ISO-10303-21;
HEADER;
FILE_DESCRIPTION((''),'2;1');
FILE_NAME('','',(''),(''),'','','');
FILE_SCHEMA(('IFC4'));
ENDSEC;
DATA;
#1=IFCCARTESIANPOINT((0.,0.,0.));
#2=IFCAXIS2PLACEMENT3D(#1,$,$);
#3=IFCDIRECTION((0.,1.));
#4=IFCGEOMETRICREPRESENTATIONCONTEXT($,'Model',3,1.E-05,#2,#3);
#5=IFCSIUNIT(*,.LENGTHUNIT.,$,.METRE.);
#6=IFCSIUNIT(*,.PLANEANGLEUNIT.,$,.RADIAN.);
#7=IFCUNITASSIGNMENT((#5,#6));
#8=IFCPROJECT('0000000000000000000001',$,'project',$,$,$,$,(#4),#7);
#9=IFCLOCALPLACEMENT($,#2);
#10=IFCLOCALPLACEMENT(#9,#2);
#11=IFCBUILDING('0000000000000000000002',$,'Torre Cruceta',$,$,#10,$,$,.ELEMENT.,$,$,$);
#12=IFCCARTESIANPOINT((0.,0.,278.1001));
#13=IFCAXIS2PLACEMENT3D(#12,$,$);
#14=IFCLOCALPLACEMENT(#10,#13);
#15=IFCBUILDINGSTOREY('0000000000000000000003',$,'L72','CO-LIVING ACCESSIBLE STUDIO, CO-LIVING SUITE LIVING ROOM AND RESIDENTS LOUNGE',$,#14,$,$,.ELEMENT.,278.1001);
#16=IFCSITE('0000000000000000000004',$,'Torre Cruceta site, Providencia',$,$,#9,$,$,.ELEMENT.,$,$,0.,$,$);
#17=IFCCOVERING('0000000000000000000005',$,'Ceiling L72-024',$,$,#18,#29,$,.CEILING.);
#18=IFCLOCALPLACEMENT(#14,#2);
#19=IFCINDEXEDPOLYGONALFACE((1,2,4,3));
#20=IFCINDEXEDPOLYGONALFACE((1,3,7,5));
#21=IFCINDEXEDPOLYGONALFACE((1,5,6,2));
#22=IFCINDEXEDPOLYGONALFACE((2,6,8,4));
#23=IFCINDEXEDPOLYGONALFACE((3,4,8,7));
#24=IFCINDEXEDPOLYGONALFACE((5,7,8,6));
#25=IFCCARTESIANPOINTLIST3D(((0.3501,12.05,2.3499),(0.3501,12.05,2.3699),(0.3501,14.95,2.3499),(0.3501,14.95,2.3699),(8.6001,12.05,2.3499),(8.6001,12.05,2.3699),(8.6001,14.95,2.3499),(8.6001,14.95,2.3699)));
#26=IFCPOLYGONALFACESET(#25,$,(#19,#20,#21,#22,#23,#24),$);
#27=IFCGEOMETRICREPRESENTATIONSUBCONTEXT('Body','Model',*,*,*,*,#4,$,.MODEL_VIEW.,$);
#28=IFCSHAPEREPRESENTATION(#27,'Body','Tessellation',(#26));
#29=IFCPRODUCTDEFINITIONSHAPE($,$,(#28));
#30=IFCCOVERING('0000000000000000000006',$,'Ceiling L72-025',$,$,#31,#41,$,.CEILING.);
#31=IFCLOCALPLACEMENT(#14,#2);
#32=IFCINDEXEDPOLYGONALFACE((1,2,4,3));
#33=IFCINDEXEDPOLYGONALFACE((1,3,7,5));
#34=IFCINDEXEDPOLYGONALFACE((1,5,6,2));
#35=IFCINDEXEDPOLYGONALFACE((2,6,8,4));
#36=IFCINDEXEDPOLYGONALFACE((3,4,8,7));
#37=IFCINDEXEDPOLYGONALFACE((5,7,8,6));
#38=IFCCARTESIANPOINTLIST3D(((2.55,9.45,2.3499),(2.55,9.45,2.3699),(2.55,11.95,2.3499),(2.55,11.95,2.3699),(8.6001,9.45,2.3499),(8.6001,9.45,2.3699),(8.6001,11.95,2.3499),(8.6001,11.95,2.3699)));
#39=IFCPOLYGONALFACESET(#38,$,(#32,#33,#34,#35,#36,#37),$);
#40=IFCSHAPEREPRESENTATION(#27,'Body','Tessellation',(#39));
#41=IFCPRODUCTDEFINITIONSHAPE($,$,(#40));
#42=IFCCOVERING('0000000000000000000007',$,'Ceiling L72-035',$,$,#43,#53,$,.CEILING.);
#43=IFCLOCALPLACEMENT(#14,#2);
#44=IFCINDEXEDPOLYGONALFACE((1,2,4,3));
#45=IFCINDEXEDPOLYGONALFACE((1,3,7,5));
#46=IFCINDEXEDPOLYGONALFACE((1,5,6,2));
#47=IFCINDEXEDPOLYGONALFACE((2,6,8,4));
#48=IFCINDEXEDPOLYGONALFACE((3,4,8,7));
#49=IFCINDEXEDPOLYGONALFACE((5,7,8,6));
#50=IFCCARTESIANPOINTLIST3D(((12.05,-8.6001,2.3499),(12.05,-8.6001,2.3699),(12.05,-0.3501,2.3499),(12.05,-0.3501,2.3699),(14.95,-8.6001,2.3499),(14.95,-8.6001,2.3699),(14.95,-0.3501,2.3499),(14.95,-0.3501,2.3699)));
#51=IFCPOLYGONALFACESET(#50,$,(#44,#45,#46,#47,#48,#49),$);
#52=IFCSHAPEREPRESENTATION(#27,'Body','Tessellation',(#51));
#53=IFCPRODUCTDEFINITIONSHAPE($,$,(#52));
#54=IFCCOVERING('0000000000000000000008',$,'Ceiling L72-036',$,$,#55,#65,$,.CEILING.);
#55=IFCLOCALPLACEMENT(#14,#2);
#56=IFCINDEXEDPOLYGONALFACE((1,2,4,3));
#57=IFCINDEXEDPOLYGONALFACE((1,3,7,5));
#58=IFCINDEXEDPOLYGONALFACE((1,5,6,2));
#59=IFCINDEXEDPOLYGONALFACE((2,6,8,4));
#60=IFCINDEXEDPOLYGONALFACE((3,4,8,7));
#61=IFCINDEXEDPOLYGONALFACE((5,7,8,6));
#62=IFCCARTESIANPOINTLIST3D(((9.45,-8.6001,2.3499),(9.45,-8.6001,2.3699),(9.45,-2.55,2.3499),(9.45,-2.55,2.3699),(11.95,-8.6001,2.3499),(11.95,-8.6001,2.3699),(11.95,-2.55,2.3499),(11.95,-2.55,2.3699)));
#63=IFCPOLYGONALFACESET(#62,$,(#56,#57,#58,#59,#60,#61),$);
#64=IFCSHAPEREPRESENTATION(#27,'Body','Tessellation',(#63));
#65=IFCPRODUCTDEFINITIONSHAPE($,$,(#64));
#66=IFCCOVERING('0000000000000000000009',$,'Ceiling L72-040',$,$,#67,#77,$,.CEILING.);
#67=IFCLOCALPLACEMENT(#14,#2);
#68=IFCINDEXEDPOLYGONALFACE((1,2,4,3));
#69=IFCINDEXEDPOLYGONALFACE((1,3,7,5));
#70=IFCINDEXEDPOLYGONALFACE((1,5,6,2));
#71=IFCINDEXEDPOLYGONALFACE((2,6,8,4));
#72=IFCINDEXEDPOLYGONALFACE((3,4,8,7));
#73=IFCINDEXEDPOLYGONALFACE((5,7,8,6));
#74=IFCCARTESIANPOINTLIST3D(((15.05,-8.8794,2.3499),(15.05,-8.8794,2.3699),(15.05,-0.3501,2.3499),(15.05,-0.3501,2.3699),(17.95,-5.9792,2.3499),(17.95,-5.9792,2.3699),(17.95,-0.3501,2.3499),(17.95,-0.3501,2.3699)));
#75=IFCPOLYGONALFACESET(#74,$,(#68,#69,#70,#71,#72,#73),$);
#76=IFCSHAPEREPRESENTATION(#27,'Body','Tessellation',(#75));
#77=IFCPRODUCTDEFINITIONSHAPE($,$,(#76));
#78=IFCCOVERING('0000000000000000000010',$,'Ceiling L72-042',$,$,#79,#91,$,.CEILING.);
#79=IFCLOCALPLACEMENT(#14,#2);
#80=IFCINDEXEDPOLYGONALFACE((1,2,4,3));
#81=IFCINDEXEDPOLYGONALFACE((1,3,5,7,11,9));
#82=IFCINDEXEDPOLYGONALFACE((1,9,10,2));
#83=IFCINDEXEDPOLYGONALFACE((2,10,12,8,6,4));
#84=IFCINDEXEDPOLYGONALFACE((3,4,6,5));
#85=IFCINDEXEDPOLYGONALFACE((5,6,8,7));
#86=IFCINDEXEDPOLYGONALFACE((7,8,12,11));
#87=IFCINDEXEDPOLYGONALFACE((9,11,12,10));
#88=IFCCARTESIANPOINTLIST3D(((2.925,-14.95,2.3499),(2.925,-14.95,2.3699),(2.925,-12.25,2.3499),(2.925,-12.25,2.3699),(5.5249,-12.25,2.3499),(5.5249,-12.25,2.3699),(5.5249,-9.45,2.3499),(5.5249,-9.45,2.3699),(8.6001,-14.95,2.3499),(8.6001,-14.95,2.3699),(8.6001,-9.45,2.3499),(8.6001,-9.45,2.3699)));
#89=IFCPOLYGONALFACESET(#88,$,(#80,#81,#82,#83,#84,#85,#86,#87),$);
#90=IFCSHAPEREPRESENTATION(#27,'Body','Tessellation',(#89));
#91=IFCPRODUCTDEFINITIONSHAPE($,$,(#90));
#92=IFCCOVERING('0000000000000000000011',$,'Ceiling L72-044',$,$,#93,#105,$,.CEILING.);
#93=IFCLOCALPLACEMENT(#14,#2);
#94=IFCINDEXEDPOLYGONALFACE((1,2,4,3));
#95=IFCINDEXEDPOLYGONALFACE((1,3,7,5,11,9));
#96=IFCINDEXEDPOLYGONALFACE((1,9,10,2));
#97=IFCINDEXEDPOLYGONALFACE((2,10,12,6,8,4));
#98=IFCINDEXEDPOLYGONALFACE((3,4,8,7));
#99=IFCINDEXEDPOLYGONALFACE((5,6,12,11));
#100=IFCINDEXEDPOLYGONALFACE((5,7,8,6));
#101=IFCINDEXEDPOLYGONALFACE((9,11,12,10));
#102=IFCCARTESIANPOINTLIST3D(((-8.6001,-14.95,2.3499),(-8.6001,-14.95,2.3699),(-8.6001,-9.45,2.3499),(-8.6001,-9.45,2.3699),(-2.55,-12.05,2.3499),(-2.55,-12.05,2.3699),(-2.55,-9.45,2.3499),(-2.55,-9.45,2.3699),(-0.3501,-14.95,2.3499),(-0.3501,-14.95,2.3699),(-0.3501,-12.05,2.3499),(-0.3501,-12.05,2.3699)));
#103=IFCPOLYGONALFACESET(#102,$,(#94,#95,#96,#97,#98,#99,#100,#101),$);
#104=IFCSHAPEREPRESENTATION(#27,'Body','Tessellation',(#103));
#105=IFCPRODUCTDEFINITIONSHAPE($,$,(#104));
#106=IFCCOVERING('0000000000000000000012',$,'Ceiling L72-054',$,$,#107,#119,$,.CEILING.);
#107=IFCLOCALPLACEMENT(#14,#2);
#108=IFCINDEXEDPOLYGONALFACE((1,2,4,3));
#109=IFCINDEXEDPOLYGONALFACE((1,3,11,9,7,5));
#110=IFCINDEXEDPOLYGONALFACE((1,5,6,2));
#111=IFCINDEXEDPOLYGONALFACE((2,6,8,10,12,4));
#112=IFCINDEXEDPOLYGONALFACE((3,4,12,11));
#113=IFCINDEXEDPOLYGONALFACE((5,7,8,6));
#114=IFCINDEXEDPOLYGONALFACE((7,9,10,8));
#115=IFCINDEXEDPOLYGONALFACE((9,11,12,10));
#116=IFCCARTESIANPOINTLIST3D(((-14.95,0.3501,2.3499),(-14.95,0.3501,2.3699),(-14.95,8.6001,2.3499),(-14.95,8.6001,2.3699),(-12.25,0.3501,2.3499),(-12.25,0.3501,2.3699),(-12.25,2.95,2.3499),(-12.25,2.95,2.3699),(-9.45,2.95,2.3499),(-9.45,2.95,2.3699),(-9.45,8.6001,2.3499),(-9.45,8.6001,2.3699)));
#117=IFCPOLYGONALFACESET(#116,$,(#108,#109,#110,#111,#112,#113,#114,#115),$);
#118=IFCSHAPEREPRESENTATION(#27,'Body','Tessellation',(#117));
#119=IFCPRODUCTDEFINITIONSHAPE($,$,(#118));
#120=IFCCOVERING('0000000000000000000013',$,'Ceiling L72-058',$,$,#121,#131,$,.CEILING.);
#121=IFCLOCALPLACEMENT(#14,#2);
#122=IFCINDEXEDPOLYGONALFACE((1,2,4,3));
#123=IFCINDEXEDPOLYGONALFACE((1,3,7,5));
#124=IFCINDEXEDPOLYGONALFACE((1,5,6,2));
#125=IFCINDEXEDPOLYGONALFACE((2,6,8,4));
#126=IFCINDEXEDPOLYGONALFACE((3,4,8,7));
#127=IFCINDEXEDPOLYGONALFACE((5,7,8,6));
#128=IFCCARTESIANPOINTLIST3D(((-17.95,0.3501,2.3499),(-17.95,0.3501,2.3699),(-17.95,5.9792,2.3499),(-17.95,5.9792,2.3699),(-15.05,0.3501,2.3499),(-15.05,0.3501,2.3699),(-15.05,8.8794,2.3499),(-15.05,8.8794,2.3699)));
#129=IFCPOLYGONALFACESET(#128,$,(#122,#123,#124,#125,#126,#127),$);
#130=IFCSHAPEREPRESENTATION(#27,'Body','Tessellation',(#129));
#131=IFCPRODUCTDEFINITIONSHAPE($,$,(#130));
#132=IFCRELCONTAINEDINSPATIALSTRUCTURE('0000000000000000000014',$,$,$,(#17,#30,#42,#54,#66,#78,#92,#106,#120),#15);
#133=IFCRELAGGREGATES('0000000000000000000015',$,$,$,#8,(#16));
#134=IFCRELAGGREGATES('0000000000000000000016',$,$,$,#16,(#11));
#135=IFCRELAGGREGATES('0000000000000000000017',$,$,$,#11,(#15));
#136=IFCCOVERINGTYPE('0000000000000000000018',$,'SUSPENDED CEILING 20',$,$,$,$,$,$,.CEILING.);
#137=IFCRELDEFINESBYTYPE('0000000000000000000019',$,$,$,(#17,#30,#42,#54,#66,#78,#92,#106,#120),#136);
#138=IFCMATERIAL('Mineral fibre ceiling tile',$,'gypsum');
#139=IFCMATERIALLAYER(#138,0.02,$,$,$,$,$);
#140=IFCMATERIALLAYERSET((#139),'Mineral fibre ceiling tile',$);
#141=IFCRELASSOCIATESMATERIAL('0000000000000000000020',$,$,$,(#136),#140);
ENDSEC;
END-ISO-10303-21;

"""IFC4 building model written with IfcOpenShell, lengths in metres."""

from ifc_helpers import new_model, si_unit, direction, frame, origin, place, context, subcontext, project, spatial, polyline, outline, extrude, material, layer, layer_set, type_object, element, save


model = new_model("IFC4")

# Units and contexts
model_context = context("Model", 3, precision=1e-05, world=origin(), true_north=direction((0.0, 1.0)))
body_context = subcontext(model_context, "Body", "Model", "MODEL_VIEW")
ifc_project = project(units=[si_unit("LENGTHUNIT", "METRE"), si_unit("PLANEANGLEUNIT", "RADIAN")], contexts=[model_context])

# Site, building, storey
site_placement = place(None, origin())
site = spatial("IfcSite", under=ifc_project, at=site_placement, Name="Torre Cruceta site, Providencia", CompositionType="ELEMENT", RefElevation=0.0)
building_placement = place(site_placement, origin())
building = spatial("IfcBuilding", under=site, at=building_placement, Name="Torre Cruceta", CompositionType="ELEMENT")
storey_placement = place(building_placement, frame((0.0, 0.0, 278.1001)))
storey = spatial("IfcBuildingStorey", under=building, at=storey_placement, Name="L72", Description="CO-LIVING ACCESSIBLE STUDIO, CO-LIVING SUITE LIVING ROOM AND RESIDENTS LOUNGE", CompositionType="ELEMENT", Elevation=278.1001)

# Coverings
ifc_material_1 = material(Name="Mineral fibre ceiling tile", Category="gypsum")
ifc_layer_1 = layer(ifc_material_1, 0.02)
ifc_layer_set_1 = layer_set([ifc_layer_1], Name="Mineral fibre ceiling tile")
covering_type = type_object("IfcCoveringType", Name="SUSPENDED CEILING 20", PredefinedType="CEILING", material=ifc_layer_set_1)
covering_1_placement = place(storey_placement, frame((0.0, 0.0, 2.3499)))
element("IfcCovering", 1, at=covering_1_placement, inside=storey, type_object=covering_type, Name="Ceiling L72-024", PredefinedType="CEILING", context=body_context, shape_type="SweptSolid", body=[
    extrude(outline(polyline([(8.6001, 14.95), (8.6001, 12.05), (0.3501, 12.05), (0.3501, 14.95), (8.6001, 14.95)])), origin(), (0.0, 0.0, 1.0), 0.02),
])
covering_2_placement = place(storey_placement, frame((0.0, 0.0, 2.3499)))
element("IfcCovering", 2, at=covering_2_placement, inside=storey, type_object=covering_type, Name="Ceiling L72-025", PredefinedType="CEILING", context=body_context, shape_type="SweptSolid", body=[
    extrude(outline(polyline([(8.6001, 9.45), (2.55, 9.45), (2.55, 11.95), (8.6001, 11.95), (8.6001, 9.45)])), origin(), (0.0, 0.0, 1.0), 0.02),
])
covering_3_placement = place(storey_placement, frame((0.0, 0.0, 2.3499)))
element("IfcCovering", 3, at=covering_3_placement, inside=storey, type_object=covering_type, Name="Ceiling L72-035", PredefinedType="CEILING", context=body_context, shape_type="SweptSolid", body=[
    extrude(outline(polyline([(14.95, -8.6001), (12.05, -8.6001), (12.05, -0.3501), (14.95, -0.3501), (14.95, -8.6001)])), origin(), (0.0, 0.0, 1.0), 0.02),
])
covering_4_placement = place(storey_placement, frame((0.0, 0.0, 2.3499)))
element("IfcCovering", 4, at=covering_4_placement, inside=storey, type_object=covering_type, Name="Ceiling L72-036", PredefinedType="CEILING", context=body_context, shape_type="SweptSolid", body=[
    extrude(outline(polyline([(9.45, -8.6001), (9.45, -2.55), (11.95, -2.55), (11.95, -8.6001), (9.45, -8.6001)])), origin(), (0.0, 0.0, 1.0), 0.02),
])
covering_5_placement = place(storey_placement, frame((0.0, 0.0, 2.3499)))
element("IfcCovering", 5, at=covering_5_placement, inside=storey, type_object=covering_type, Name="Ceiling L72-040", PredefinedType="CEILING", context=body_context, shape_type="SweptSolid", body=[
    extrude(outline(polyline([(15.05, -8.8794), (15.05, -0.3501), (17.95, -0.3501), (17.95, -5.9792), (15.05, -8.8794)])), origin(), (0.0, 0.0, 1.0), 0.02),
])
covering_6_placement = place(storey_placement, frame((0.0, 0.0, 2.3499)))
element("IfcCovering", 6, at=covering_6_placement, inside=storey, type_object=covering_type, Name="Ceiling L72-042", PredefinedType="CEILING", context=body_context, shape_type="SweptSolid", body=[
    extrude(outline(polyline([(8.6001, -9.45), (8.6001, -14.95), (2.925, -14.95), (2.925, -12.25), (5.5249, -12.25), (5.5249, -9.45), (8.6001, -9.45)])), origin(), (0.0, 0.0, 1.0), 0.02),
])
covering_7_placement = place(storey_placement, frame((0.0, 0.0, 2.3499)))
element("IfcCovering", 7, at=covering_7_placement, inside=storey, type_object=covering_type, Name="Ceiling L72-044", PredefinedType="CEILING", context=body_context, shape_type="SweptSolid", body=[
    extrude(outline(polyline([(-0.3501, -14.95), (-8.6001, -14.95), (-8.6001, -9.45), (-2.55, -9.45), (-2.55, -12.05), (-0.3501, -12.05), (-0.3501, -14.95)])), origin(), (0.0, 0.0, 1.0), 0.02),
])
covering_8_placement = place(storey_placement, frame((0.0, 0.0, 2.3499)))
element("IfcCovering", 8, at=covering_8_placement, inside=storey, type_object=covering_type, Name="Ceiling L72-054", PredefinedType="CEILING", context=body_context, shape_type="SweptSolid", body=[
    extrude(outline(polyline([(-14.95, 0.3501), (-14.95, 8.6001), (-9.45, 8.6001), (-9.45, 2.95), (-12.25, 2.95), (-12.25, 0.3501), (-14.95, 0.3501)])), origin(), (0.0, 0.0, 1.0), 0.02),
])
covering_9_placement = place(storey_placement, frame((0.0, 0.0, 2.3499)))
element("IfcCovering", 9, at=covering_9_placement, inside=storey, type_object=covering_type, Name="Ceiling L72-058", PredefinedType="CEILING", context=body_context, shape_type="SweptSolid", body=[
    extrude(outline(polyline([(-15.05, 8.8794), (-15.05, 0.3501), (-17.95, 0.3501), (-17.95, 5.9792), (-15.05, 8.8794)])), origin(), (0.0, 0.0, 1.0), 0.02),
])

save(model, "model.ifc")
